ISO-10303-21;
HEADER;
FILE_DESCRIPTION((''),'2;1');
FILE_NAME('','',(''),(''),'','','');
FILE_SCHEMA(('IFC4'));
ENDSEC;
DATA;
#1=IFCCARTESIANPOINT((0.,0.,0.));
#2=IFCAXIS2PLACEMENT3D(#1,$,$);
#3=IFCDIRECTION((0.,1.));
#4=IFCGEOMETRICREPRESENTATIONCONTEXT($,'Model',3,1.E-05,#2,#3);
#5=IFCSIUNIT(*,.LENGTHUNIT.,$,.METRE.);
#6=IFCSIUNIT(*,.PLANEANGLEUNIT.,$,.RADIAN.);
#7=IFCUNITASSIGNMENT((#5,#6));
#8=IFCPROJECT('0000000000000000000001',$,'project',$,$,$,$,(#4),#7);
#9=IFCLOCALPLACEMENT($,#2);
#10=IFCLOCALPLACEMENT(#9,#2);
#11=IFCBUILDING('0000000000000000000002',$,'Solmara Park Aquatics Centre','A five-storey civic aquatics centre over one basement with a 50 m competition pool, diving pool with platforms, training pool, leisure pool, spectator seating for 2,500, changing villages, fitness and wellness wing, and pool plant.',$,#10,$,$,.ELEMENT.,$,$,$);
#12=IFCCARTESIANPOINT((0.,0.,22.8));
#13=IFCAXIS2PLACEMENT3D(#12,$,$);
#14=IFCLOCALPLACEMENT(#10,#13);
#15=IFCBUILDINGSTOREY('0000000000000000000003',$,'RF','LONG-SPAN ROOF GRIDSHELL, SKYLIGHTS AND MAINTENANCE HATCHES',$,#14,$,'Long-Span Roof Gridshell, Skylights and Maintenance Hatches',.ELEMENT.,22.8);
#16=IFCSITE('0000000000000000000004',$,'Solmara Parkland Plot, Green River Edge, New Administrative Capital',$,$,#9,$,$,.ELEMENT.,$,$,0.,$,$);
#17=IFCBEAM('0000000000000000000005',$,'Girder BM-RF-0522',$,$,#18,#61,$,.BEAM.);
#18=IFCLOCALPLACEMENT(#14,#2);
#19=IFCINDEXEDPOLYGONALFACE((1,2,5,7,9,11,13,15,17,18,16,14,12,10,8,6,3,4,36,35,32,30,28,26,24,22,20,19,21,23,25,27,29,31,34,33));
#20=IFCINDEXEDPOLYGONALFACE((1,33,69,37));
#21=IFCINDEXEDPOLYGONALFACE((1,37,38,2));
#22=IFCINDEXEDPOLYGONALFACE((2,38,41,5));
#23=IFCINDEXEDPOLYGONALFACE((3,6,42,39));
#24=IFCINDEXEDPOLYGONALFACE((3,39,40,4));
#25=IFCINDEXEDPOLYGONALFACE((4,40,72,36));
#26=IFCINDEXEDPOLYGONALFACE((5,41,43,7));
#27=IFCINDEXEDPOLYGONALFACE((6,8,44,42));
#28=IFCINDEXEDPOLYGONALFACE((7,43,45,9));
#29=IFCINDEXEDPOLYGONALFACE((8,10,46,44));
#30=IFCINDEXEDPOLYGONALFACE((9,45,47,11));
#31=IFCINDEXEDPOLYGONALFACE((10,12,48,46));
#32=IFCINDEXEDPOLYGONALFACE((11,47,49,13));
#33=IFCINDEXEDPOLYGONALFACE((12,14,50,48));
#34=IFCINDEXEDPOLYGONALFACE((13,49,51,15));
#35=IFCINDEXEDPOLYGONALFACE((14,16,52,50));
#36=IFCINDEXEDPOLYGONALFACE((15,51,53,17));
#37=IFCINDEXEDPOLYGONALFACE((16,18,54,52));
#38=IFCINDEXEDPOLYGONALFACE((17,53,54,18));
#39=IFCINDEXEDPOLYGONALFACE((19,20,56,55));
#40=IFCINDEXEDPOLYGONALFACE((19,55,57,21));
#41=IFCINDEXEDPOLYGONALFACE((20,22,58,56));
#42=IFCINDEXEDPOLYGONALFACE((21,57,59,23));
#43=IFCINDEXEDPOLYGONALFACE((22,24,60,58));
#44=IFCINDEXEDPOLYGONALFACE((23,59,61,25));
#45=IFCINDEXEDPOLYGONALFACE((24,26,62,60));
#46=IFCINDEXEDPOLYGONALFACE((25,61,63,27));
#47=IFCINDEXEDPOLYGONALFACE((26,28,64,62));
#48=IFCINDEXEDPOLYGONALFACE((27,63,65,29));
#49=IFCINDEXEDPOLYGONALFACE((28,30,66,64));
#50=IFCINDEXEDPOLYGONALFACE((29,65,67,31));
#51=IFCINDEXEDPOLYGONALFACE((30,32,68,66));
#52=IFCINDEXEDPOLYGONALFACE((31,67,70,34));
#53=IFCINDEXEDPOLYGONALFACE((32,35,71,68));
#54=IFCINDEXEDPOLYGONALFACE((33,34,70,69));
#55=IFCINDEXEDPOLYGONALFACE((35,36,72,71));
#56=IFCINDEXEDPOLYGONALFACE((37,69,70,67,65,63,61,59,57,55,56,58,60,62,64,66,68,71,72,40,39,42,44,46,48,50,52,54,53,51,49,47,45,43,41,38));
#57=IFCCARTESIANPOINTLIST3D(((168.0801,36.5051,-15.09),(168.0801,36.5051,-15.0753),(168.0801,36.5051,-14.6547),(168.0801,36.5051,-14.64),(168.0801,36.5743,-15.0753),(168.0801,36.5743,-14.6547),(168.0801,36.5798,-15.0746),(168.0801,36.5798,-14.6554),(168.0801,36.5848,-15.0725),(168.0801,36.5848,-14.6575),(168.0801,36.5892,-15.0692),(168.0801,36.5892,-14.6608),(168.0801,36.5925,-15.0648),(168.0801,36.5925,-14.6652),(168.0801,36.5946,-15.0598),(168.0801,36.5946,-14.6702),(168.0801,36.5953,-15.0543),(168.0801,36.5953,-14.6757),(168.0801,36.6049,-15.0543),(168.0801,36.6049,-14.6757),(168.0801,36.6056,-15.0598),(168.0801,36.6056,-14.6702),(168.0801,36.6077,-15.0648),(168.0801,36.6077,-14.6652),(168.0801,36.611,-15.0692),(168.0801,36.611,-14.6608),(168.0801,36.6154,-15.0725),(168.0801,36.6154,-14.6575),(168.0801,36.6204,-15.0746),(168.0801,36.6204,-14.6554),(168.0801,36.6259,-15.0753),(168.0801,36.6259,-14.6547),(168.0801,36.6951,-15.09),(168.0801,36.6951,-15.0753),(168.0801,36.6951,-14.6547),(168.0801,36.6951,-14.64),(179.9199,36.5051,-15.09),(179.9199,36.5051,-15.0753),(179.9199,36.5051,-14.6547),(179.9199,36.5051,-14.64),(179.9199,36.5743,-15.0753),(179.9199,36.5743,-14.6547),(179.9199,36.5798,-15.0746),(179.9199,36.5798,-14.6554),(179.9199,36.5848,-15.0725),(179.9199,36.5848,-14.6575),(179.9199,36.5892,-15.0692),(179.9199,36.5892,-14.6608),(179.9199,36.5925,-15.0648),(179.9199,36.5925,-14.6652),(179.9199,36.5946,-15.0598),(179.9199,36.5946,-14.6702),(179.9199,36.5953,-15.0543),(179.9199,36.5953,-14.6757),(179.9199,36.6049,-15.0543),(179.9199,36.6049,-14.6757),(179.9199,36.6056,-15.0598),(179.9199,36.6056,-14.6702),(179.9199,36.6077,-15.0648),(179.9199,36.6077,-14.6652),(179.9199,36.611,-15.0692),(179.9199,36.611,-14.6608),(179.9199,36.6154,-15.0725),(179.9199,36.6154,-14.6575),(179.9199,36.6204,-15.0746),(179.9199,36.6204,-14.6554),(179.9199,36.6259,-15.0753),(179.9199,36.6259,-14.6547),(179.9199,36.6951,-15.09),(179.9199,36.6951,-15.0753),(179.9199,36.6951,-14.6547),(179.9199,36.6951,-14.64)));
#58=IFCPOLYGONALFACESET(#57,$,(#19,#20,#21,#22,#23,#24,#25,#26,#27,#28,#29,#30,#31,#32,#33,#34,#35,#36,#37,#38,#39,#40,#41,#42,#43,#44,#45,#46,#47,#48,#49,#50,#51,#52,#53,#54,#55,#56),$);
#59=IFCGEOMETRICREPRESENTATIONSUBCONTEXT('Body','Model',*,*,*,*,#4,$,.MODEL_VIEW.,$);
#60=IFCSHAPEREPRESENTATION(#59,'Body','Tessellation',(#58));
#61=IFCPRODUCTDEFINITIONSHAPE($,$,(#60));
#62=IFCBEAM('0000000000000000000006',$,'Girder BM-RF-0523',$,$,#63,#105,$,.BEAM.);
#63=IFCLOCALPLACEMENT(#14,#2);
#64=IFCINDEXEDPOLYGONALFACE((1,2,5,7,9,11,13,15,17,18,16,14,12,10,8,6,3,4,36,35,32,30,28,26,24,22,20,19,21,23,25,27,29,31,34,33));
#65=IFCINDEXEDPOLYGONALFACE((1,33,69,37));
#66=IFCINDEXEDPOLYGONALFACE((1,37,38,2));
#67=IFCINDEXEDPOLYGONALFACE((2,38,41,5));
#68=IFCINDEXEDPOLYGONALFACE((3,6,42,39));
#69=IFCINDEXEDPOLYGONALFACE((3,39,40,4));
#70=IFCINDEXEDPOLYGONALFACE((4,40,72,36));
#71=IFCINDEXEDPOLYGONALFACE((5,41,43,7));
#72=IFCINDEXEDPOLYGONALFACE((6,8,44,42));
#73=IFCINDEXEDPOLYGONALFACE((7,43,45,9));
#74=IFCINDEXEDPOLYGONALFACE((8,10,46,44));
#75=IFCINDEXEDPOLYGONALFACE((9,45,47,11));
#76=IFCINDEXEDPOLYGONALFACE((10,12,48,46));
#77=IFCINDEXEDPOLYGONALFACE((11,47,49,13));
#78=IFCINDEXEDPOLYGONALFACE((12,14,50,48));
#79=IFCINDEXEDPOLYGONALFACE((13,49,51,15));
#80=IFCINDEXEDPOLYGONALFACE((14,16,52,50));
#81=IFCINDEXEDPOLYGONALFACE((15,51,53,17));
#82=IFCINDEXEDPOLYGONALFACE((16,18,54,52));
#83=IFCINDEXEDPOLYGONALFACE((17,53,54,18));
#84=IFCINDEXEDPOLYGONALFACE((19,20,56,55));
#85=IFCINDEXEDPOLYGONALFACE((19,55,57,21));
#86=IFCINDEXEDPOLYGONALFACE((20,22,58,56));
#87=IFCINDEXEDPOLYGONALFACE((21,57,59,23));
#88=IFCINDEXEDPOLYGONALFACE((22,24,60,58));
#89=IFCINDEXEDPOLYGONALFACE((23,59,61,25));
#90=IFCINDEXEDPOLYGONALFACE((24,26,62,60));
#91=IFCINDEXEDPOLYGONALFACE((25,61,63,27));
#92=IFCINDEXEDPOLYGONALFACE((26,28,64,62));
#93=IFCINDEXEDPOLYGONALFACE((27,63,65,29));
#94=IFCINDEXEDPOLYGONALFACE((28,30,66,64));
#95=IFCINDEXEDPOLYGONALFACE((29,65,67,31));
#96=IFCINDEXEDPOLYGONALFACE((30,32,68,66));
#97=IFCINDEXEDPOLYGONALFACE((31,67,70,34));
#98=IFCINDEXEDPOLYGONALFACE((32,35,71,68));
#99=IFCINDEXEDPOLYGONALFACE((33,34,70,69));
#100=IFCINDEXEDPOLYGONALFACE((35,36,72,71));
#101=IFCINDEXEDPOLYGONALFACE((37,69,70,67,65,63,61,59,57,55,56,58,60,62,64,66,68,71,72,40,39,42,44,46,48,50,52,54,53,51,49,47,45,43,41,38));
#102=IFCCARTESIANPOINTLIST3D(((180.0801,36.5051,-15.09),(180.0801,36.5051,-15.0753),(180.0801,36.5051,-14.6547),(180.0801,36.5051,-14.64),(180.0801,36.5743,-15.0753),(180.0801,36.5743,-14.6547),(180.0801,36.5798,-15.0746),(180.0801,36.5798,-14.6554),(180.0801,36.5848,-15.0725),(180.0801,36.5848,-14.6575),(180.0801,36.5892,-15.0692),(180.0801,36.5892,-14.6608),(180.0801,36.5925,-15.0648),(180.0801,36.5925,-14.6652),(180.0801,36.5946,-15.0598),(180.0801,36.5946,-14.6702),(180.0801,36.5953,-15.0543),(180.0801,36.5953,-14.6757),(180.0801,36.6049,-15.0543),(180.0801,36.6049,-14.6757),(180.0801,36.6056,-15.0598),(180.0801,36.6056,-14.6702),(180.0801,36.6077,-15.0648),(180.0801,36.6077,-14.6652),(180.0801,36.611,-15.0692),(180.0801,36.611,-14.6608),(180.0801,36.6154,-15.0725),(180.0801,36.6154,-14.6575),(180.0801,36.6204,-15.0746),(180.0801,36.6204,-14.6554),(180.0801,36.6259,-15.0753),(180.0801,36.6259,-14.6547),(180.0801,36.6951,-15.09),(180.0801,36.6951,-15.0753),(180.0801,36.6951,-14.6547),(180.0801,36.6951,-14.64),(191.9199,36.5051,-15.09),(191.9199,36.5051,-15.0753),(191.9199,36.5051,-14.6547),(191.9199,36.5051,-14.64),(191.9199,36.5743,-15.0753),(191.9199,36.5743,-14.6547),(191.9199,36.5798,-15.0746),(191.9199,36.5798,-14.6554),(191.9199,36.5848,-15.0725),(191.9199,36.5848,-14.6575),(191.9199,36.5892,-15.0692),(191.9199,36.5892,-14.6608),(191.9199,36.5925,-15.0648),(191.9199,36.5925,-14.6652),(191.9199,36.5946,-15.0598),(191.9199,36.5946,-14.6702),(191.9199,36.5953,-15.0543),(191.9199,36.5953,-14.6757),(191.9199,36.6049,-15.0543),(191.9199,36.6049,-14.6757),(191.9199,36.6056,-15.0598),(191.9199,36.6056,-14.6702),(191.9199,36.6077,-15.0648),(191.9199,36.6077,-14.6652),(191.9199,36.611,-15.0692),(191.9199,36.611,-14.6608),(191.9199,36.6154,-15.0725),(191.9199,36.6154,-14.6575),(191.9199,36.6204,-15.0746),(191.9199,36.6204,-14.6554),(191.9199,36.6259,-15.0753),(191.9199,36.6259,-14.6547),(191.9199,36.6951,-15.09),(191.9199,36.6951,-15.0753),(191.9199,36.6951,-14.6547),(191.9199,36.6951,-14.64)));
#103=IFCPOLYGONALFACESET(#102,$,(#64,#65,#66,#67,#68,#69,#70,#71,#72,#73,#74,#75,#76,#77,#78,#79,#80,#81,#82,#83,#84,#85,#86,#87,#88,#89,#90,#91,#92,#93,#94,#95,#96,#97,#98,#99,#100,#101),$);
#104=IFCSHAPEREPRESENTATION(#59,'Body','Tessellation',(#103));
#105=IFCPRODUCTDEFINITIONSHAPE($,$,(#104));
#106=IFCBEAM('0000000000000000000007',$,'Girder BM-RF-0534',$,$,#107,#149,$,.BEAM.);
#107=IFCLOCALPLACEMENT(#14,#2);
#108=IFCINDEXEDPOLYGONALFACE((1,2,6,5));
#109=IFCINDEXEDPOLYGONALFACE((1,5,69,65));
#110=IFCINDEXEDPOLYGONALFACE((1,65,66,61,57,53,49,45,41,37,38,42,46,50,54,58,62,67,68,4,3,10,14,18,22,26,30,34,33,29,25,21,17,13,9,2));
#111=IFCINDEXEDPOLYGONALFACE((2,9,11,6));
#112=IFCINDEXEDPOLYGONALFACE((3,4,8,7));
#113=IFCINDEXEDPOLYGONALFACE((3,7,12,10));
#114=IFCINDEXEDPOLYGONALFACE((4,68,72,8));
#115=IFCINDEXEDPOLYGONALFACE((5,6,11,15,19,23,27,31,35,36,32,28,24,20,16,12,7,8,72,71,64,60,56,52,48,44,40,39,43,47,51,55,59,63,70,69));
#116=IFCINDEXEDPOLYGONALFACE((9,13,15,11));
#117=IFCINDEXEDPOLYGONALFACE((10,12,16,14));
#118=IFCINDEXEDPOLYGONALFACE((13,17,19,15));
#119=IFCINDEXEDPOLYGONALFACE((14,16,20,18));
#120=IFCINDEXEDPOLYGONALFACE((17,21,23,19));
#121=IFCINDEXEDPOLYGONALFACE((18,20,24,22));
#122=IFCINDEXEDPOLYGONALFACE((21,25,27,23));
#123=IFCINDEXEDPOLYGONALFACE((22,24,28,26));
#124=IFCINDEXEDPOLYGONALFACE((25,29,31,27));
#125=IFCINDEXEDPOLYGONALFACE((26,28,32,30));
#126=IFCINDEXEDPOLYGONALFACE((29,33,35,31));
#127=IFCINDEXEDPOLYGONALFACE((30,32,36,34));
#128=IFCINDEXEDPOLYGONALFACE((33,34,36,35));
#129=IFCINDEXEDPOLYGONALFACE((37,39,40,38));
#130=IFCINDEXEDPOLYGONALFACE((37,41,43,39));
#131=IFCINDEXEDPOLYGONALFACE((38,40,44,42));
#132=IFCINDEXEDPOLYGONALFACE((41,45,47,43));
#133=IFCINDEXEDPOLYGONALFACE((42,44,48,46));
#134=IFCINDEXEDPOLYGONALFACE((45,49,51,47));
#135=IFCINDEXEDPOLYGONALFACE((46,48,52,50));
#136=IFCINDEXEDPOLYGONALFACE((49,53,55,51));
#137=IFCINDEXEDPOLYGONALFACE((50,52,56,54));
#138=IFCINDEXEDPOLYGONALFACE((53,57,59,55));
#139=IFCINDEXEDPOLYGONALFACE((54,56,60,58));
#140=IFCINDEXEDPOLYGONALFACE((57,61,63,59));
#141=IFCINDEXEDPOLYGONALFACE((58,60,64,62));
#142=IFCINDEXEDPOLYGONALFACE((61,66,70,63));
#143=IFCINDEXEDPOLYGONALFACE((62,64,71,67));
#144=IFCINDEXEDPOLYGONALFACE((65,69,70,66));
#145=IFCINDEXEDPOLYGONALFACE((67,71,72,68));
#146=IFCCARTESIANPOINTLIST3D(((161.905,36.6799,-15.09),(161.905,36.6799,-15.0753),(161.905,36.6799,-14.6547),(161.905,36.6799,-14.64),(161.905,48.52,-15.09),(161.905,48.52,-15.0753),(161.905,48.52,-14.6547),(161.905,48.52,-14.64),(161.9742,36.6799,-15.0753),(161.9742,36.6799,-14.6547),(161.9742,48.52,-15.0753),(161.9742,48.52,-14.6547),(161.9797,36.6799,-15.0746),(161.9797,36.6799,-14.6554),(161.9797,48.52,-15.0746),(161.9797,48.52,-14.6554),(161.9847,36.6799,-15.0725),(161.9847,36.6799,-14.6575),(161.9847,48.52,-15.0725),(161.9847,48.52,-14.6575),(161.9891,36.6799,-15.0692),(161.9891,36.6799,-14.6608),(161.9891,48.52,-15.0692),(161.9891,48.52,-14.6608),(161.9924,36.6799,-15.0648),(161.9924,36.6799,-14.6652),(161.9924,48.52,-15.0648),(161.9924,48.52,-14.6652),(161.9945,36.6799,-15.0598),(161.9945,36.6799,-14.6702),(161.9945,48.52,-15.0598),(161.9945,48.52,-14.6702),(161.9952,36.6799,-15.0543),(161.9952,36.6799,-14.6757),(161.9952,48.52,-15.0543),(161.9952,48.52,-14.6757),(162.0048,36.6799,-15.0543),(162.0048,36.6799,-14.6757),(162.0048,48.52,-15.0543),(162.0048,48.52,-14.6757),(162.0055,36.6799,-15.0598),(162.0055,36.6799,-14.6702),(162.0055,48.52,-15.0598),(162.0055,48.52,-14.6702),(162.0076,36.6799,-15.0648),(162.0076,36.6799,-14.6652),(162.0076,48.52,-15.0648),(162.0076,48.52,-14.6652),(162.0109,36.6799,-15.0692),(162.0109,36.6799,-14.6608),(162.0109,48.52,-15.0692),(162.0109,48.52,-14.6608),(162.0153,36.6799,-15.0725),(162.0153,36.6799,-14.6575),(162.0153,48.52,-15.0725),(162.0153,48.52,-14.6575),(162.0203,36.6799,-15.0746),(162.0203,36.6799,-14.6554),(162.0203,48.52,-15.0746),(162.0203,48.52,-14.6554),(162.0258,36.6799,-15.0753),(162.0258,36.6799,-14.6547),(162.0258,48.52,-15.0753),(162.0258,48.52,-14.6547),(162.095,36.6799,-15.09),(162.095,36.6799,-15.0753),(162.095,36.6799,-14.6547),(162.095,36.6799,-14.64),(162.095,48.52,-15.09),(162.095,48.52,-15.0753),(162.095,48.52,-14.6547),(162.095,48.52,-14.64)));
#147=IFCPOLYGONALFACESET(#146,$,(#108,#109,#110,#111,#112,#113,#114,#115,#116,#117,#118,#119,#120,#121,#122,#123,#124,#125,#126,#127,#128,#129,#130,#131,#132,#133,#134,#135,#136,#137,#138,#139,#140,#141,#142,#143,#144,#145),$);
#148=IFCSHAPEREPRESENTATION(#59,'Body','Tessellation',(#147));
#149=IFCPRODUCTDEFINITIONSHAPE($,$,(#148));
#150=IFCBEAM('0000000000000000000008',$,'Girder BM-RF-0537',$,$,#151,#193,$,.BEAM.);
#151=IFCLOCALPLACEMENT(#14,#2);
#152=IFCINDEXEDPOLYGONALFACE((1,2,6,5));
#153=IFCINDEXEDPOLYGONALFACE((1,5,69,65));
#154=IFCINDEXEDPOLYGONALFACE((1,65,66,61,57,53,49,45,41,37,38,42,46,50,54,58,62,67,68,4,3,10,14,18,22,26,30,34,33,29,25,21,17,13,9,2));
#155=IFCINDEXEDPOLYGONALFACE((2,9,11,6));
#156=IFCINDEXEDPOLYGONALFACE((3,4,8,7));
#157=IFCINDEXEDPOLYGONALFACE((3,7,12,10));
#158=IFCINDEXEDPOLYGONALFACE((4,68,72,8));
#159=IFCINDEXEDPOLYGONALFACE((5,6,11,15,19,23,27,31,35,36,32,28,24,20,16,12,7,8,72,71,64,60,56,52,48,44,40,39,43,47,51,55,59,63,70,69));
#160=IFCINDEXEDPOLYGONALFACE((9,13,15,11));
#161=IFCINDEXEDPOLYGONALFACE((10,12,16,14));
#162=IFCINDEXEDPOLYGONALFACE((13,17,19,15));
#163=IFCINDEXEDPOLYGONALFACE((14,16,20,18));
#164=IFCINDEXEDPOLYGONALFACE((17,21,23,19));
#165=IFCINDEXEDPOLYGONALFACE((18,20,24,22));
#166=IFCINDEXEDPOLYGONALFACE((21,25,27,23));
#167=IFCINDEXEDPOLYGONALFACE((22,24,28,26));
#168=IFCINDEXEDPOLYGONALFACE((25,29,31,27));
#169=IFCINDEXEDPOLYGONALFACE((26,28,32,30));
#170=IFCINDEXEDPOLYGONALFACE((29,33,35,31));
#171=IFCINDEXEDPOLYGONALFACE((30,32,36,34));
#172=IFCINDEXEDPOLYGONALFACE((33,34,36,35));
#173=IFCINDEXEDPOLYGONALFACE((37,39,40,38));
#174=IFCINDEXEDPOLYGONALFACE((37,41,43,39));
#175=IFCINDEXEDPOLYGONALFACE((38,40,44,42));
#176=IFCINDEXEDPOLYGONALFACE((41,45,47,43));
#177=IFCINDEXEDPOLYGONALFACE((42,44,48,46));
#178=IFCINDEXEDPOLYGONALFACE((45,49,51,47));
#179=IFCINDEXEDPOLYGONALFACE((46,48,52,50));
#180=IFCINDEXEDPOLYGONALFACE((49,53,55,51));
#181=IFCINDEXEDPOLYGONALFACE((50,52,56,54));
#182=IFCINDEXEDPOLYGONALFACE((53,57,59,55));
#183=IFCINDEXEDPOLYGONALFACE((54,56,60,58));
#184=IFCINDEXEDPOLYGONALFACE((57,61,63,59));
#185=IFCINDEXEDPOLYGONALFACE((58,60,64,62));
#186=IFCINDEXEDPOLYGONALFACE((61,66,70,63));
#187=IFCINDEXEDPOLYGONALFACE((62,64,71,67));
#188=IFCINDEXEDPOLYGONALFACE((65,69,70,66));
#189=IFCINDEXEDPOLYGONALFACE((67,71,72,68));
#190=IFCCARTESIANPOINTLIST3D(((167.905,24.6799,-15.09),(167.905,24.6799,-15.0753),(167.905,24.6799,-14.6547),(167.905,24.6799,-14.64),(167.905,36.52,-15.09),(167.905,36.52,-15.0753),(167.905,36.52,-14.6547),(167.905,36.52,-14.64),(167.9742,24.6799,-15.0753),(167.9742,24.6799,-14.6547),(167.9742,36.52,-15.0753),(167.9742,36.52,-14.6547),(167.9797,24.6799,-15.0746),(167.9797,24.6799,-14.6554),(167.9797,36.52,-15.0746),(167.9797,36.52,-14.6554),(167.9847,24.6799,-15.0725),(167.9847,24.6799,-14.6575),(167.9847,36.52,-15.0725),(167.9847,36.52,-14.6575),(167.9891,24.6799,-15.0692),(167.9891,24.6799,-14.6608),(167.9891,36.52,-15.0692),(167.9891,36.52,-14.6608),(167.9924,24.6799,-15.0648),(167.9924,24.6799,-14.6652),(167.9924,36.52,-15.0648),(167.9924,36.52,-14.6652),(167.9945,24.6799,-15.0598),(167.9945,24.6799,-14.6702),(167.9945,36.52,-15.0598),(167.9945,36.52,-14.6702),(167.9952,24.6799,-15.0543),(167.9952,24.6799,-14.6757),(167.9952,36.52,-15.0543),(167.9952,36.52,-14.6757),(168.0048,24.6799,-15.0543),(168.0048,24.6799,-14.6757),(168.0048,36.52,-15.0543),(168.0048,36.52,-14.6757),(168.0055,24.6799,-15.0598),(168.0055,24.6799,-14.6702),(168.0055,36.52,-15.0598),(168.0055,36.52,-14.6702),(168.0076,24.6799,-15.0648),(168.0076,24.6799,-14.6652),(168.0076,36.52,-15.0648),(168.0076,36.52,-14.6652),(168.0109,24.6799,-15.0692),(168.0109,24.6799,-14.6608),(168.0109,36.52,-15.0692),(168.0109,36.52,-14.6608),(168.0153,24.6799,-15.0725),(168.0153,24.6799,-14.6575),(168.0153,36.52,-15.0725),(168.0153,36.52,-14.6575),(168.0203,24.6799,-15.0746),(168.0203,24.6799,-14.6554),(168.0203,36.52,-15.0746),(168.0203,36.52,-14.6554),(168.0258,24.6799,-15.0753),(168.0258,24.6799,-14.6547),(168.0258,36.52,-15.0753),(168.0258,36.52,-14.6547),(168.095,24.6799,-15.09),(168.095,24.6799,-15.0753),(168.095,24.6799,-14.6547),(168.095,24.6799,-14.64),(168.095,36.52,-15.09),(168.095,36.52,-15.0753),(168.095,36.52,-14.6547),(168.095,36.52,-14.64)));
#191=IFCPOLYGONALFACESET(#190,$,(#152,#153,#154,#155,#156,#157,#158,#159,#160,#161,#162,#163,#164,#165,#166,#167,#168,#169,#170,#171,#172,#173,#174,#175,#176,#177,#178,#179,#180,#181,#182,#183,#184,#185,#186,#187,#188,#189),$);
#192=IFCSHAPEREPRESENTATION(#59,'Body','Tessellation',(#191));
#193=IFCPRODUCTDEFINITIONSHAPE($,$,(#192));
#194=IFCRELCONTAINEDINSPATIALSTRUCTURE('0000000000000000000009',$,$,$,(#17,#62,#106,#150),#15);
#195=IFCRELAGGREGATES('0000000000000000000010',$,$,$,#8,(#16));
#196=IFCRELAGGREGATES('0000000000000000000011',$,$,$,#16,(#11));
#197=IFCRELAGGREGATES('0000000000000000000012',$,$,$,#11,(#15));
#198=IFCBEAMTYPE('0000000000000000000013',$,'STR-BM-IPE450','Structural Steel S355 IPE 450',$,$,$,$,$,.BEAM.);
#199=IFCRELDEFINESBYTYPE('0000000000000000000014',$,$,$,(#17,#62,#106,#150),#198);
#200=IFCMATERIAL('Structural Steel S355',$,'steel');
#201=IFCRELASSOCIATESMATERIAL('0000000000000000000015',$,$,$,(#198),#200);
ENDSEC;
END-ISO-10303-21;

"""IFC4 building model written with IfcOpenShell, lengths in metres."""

from ifc_helpers import new_model, si_unit, direction, frame, origin, origin_2d, place, context, subcontext, project, spatial, i_section, extrude, material, material_profile, profile_set, type_object, element, save


model = new_model("IFC4")

# Units and contexts
model_context = context("Model", 3, precision=1e-05, world=origin(), true_north=direction((0.0, 1.0)))
body_context = subcontext(model_context, "Body", "Model", "MODEL_VIEW")
ifc_project = project(units=[si_unit("LENGTHUNIT", "METRE"), si_unit("PLANEANGLEUNIT", "RADIAN")], contexts=[model_context])

# Site, building, storey
site_placement = place(None, origin())
site = spatial("IfcSite", under=ifc_project, at=site_placement, Name="Solmara Parkland Plot, Green River Edge, New Administrative Capital", CompositionType="ELEMENT", RefElevation=0.0)
building_placement = place(site_placement, origin())
building = spatial("IfcBuilding", under=site, at=building_placement, Name="Solmara Park Aquatics Centre", Description="A five-storey civic aquatics centre over one basement with a 50 m competition pool, diving pool with platforms, training pool, leisure pool, spectator seating for 2,500, changing villages, fitness and wellness wing, and pool plant.", CompositionType="ELEMENT")
storey_placement = place(building_placement, frame((0.0, 0.0, 22.8)))
storey = spatial("IfcBuildingStorey", under=building, at=storey_placement, Name="RF", Description="LONG-SPAN ROOF GRIDSHELL, SKYLIGHTS AND MAINTENANCE HATCHES", LongName="Long-Span Roof Gridshell, Skylights and Maintenance Hatches", CompositionType="ELEMENT", Elevation=22.8)

# Beams
ifc_material = material(Name="Structural Steel S355", Category="steel")
ifc_material_profile_1 = material_profile(ifc_material, i_section(OverallWidth=0.1899, OverallDepth=0.45, WebThickness=0.0095, FlangeThickness=0.0146, FilletRadius=0.021, at=origin_2d()), Name="IPE 450")
ifc_profile_set_1 = profile_set([ifc_material_profile_1], Name="Structural Steel S355")
beam_type_1 = type_object("IfcBeamType", Name="STR-BM-IPE450", Description="Structural Steel S355 IPE 450", PredefinedType="BEAM", material=ifc_profile_set_1)
for number, where, z_axis, x_axis, name in (
    (1, (168.0801, 36.6001, -14.865), (1.0, 0.0, 0.0), (0.0, 1.0, 0.0), "Girder BM-RF-0522"),
    (2, (180.0801, 36.6001, -14.865), (1.0, 0.0, 0.0), (0.0, 1.0, 0.0), "Girder BM-RF-0523"),
):
    element("IfcBeam", number, at=place(storey_placement, frame(where, z_axis=z_axis, x_axis=x_axis)), inside=storey, type_object=beam_type_1, Name=name, PredefinedType="BEAM", context=body_context, shape_type="SweptSolid", body=[
        extrude(i_section(OverallWidth=0.1899, OverallDepth=0.45, WebThickness=0.0095, FlangeThickness=0.0146, FilletRadius=0.021, at=origin_2d()), origin(), (0.0, 0.0, 1.0), 11.8398),
    ])
for number, where, z_axis, x_axis, name in (
    (3, (162.0, 36.6799, -14.865), (0.0, 1.0, 0.0), (-1.0, 0.0, 0.0), "Girder BM-RF-0534"),
    (4, (168.0, 24.6799, -14.865), (0.0, 1.0, 0.0), (-1.0, 0.0, 0.0), "Girder BM-RF-0537"),
):
    element("IfcBeam", number, at=place(storey_placement, frame(where, z_axis=z_axis, x_axis=x_axis)), inside=storey, type_object=beam_type_1, Name=name, PredefinedType="BEAM", context=body_context, shape_type="SweptSolid", body=[
        extrude(i_section(OverallWidth=0.1899, OverallDepth=0.45, WebThickness=0.0095, FlangeThickness=0.0146, FilletRadius=0.021, at=origin_2d()), origin(), (0.0, 0.0, 1.0), 11.8401),
    ])

save(model, "model.ifc")
